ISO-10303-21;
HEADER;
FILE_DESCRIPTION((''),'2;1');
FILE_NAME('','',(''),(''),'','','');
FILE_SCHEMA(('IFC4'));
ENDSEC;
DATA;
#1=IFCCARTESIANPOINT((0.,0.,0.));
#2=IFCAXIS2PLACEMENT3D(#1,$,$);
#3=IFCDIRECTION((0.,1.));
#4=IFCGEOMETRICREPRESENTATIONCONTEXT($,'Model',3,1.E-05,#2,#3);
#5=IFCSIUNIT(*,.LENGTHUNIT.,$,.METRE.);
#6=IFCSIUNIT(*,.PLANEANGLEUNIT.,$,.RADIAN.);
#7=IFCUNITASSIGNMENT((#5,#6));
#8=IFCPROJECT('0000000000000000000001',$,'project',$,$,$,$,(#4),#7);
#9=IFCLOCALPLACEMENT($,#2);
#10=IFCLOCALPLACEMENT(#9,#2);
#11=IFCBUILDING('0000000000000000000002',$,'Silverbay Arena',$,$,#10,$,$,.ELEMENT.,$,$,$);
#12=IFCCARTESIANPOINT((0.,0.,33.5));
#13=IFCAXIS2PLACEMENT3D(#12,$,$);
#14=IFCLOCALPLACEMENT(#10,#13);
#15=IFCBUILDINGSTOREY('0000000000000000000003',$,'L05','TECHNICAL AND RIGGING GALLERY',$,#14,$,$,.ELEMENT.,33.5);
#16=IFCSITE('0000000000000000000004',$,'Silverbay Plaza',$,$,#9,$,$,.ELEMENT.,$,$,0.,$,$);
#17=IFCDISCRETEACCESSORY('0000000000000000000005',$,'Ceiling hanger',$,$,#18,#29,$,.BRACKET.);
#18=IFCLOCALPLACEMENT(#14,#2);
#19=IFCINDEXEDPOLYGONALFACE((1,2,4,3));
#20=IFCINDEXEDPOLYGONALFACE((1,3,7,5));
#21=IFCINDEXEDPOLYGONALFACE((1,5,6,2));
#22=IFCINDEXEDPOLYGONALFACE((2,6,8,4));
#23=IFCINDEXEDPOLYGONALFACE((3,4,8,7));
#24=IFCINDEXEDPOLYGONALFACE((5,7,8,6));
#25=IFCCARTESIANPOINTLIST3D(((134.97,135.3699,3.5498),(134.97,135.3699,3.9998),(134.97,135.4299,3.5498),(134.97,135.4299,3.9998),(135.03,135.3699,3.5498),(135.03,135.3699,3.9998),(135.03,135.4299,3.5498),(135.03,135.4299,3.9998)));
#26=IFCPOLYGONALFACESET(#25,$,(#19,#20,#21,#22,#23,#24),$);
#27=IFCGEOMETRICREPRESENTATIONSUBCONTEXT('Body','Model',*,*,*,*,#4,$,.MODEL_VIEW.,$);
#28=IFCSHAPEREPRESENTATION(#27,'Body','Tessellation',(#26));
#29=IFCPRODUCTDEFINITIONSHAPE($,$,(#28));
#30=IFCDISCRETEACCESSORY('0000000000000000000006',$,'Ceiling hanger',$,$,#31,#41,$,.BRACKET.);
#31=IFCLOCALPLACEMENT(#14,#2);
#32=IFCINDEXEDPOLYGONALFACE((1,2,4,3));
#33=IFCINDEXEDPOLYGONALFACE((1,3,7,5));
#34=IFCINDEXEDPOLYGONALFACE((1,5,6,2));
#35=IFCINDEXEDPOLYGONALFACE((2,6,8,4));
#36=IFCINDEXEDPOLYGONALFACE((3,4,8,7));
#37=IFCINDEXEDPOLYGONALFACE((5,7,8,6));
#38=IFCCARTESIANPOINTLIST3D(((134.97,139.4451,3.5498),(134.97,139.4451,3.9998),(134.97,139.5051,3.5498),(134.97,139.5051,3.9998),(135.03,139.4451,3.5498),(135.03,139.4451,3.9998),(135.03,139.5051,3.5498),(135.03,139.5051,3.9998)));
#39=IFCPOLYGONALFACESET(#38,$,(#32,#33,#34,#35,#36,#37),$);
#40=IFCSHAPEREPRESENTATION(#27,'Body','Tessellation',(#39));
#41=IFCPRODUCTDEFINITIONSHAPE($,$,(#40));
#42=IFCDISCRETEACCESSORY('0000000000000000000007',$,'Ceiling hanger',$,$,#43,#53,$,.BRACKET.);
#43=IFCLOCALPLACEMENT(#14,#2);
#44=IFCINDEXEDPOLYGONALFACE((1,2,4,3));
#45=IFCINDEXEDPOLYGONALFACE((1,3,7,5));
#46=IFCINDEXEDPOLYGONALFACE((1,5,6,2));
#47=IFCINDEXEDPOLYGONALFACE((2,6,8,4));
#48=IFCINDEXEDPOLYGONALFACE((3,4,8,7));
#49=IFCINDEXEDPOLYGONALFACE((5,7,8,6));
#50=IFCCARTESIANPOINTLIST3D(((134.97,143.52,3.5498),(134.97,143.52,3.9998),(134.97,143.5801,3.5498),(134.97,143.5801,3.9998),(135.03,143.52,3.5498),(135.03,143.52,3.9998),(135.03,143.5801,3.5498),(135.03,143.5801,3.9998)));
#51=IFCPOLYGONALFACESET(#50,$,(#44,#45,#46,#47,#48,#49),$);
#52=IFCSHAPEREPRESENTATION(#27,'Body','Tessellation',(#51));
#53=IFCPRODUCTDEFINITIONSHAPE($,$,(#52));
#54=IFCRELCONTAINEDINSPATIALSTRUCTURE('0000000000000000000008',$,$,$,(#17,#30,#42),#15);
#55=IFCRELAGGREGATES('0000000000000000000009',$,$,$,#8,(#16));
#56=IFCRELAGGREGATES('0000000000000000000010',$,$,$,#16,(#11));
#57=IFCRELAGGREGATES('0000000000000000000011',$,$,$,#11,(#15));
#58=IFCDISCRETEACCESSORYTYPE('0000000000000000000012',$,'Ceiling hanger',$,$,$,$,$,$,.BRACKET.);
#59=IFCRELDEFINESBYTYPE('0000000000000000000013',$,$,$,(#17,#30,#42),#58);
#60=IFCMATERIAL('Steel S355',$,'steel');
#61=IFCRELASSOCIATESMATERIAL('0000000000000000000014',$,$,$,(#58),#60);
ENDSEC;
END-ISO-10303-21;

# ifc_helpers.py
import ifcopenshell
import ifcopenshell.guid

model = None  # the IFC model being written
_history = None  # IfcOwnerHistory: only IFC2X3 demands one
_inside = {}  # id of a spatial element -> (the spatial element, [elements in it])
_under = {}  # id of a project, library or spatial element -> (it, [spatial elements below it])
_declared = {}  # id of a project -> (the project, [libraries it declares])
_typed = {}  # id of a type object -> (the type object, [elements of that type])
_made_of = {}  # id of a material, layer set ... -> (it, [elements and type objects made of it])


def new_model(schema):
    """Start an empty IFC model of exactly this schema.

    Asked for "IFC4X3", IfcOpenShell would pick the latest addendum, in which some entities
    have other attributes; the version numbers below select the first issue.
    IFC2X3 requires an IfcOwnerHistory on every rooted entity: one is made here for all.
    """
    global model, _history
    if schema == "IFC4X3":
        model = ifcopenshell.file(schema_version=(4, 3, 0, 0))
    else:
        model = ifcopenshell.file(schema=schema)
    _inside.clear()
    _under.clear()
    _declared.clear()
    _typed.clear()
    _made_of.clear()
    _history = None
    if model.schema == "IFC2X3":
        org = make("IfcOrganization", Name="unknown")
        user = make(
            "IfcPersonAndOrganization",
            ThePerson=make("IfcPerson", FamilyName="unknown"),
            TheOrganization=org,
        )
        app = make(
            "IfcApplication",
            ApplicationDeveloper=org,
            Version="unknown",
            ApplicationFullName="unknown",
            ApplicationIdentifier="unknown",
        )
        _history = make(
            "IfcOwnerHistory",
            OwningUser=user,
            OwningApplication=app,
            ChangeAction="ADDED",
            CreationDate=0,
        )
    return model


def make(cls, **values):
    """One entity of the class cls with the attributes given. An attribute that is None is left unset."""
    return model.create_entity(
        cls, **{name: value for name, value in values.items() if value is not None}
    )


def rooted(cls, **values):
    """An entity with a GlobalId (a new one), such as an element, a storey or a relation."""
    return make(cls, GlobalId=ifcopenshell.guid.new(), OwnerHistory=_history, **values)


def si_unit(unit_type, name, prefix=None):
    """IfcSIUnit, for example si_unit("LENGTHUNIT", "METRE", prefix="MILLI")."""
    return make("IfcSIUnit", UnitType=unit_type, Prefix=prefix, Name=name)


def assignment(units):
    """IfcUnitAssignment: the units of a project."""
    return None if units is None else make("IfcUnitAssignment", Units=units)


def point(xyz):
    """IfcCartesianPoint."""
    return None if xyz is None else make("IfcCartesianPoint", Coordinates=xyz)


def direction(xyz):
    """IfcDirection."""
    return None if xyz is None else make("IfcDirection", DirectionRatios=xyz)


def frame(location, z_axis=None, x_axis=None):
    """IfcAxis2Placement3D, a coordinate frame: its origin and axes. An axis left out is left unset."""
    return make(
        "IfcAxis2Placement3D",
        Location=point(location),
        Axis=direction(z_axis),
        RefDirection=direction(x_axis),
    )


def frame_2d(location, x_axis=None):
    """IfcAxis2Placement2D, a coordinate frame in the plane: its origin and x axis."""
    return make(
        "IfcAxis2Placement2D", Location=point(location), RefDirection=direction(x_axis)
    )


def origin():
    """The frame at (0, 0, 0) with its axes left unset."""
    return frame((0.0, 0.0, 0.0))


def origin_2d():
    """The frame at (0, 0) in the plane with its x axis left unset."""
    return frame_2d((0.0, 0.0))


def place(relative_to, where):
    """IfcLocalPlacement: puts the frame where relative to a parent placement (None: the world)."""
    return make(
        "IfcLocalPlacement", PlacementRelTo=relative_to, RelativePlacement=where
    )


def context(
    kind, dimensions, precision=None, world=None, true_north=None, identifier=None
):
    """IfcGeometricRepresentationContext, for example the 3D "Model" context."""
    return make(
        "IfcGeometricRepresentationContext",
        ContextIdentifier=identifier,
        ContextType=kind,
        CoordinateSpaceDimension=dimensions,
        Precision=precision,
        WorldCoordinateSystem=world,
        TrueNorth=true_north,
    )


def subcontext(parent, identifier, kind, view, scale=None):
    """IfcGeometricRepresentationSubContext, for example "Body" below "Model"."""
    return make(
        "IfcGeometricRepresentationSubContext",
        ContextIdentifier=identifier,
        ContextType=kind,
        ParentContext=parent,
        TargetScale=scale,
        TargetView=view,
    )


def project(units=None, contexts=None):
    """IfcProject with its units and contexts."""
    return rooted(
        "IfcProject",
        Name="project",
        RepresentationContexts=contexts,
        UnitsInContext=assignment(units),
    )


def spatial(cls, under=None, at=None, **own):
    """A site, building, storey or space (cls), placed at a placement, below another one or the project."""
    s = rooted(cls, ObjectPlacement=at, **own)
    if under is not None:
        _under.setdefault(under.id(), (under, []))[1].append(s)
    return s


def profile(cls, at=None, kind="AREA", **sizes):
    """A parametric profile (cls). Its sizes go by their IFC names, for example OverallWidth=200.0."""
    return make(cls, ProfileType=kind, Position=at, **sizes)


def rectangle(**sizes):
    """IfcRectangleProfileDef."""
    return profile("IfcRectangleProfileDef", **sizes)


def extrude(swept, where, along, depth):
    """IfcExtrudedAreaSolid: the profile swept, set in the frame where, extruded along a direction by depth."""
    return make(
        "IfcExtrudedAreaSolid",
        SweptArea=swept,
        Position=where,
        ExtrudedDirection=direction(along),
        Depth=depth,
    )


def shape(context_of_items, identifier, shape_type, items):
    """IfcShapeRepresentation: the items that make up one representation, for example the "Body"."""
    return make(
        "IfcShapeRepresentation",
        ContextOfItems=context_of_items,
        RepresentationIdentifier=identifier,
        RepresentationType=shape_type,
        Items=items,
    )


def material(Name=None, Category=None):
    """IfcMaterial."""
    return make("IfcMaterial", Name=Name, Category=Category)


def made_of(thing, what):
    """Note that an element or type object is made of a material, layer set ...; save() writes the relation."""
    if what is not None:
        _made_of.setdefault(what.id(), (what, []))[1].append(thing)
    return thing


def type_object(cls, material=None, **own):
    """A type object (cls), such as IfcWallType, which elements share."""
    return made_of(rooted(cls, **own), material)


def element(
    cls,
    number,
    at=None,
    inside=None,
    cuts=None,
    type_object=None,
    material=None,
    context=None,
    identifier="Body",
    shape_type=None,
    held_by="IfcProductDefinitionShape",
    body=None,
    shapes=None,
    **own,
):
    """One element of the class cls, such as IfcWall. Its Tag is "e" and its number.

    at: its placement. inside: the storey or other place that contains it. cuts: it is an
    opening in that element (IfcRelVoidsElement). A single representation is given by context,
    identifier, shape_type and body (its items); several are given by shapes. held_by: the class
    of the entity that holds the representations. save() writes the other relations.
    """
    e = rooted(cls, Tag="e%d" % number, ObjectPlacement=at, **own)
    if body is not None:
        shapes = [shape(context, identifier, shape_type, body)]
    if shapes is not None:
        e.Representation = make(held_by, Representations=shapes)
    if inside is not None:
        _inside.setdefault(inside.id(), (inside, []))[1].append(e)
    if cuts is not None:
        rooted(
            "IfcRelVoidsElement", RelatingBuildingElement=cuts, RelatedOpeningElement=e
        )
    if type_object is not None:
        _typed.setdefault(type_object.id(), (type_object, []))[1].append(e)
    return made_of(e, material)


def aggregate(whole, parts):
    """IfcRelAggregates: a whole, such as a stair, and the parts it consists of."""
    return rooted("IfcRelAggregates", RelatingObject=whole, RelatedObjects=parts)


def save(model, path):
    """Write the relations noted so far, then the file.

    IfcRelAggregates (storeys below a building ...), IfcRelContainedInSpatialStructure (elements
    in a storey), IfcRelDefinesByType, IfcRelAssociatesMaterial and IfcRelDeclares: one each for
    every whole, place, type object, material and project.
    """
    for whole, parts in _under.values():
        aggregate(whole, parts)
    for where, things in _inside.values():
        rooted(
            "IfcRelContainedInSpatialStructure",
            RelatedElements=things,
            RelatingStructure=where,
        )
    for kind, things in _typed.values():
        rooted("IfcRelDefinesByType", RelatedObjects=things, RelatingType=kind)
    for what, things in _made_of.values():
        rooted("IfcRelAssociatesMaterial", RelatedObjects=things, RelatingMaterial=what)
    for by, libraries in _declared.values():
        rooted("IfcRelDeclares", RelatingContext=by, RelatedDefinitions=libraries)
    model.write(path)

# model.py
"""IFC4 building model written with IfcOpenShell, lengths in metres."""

from ifc_helpers import new_model, si_unit, direction, frame, origin, origin_2d, place, context, subcontext, project, spatial, rectangle, extrude, material, type_object, element, save


model = new_model("IFC4")

# Units and contexts
model_context = context("Model", 3, precision=1e-05, world=origin(), true_north=direction((0.0, 1.0)))
body_context = subcontext(model_context, "Body", "Model", "MODEL_VIEW")
ifc_project = project(units=[si_unit("LENGTHUNIT", "METRE"), si_unit("PLANEANGLEUNIT", "RADIAN")], contexts=[model_context])

# Site, building, storey
site_placement = place(None, origin())
site = spatial("IfcSite", under=ifc_project, at=site_placement, Name="Silverbay Plaza", CompositionType="ELEMENT", RefElevation=0.0)
building_placement = place(site_placement, origin())
building = spatial("IfcBuilding", under=site, at=building_placement, Name="Silverbay Arena", CompositionType="ELEMENT")
storey_placement = place(building_placement, frame((0.0, 0.0, 33.5)))
storey = spatial("IfcBuildingStorey", under=building, at=storey_placement, Name="L05", Description="TECHNICAL AND RIGGING GALLERY", CompositionType="ELEMENT", Elevation=33.5)

# Discrete accessories
ifc_material_1 = material(Name="Steel S355", Category="steel")
discrete_accessory_type = type_object("IfcDiscreteAccessoryType", Name="Ceiling hanger", PredefinedType="BRACKET", material=ifc_material_1)
for number, where, z_axis, x_axis, name in (
    (1, (135.0, 135.3999, 3.5498), (0.0, 0.0, 1.0), (1.0, 0.0, 0.0), "Ceiling hanger"),
    (2, (135.0, 139.4751, 3.5498), (0.0, 0.0, 1.0), (1.0, 0.0, 0.0), "Ceiling hanger"),
    (3, (135.0, 143.55, 3.5498), (0.0, 0.0, 1.0), (1.0, 0.0, 0.0), "Ceiling hanger"),
):
    element("IfcDiscreteAccessory", number, at=place(storey_placement, frame(where, z_axis=z_axis, x_axis=x_axis)), inside=storey, type_object=discrete_accessory_type, Name=name, PredefinedType="BRACKET", context=body_context, shape_type="SweptSolid", body=[
        extrude(rectangle(XDim=0.0601, YDim=0.0601, at=origin_2d()), origin(), (0.0, 0.0, 1.0), 0.45),
    ])

save(model, "model.ifc")
